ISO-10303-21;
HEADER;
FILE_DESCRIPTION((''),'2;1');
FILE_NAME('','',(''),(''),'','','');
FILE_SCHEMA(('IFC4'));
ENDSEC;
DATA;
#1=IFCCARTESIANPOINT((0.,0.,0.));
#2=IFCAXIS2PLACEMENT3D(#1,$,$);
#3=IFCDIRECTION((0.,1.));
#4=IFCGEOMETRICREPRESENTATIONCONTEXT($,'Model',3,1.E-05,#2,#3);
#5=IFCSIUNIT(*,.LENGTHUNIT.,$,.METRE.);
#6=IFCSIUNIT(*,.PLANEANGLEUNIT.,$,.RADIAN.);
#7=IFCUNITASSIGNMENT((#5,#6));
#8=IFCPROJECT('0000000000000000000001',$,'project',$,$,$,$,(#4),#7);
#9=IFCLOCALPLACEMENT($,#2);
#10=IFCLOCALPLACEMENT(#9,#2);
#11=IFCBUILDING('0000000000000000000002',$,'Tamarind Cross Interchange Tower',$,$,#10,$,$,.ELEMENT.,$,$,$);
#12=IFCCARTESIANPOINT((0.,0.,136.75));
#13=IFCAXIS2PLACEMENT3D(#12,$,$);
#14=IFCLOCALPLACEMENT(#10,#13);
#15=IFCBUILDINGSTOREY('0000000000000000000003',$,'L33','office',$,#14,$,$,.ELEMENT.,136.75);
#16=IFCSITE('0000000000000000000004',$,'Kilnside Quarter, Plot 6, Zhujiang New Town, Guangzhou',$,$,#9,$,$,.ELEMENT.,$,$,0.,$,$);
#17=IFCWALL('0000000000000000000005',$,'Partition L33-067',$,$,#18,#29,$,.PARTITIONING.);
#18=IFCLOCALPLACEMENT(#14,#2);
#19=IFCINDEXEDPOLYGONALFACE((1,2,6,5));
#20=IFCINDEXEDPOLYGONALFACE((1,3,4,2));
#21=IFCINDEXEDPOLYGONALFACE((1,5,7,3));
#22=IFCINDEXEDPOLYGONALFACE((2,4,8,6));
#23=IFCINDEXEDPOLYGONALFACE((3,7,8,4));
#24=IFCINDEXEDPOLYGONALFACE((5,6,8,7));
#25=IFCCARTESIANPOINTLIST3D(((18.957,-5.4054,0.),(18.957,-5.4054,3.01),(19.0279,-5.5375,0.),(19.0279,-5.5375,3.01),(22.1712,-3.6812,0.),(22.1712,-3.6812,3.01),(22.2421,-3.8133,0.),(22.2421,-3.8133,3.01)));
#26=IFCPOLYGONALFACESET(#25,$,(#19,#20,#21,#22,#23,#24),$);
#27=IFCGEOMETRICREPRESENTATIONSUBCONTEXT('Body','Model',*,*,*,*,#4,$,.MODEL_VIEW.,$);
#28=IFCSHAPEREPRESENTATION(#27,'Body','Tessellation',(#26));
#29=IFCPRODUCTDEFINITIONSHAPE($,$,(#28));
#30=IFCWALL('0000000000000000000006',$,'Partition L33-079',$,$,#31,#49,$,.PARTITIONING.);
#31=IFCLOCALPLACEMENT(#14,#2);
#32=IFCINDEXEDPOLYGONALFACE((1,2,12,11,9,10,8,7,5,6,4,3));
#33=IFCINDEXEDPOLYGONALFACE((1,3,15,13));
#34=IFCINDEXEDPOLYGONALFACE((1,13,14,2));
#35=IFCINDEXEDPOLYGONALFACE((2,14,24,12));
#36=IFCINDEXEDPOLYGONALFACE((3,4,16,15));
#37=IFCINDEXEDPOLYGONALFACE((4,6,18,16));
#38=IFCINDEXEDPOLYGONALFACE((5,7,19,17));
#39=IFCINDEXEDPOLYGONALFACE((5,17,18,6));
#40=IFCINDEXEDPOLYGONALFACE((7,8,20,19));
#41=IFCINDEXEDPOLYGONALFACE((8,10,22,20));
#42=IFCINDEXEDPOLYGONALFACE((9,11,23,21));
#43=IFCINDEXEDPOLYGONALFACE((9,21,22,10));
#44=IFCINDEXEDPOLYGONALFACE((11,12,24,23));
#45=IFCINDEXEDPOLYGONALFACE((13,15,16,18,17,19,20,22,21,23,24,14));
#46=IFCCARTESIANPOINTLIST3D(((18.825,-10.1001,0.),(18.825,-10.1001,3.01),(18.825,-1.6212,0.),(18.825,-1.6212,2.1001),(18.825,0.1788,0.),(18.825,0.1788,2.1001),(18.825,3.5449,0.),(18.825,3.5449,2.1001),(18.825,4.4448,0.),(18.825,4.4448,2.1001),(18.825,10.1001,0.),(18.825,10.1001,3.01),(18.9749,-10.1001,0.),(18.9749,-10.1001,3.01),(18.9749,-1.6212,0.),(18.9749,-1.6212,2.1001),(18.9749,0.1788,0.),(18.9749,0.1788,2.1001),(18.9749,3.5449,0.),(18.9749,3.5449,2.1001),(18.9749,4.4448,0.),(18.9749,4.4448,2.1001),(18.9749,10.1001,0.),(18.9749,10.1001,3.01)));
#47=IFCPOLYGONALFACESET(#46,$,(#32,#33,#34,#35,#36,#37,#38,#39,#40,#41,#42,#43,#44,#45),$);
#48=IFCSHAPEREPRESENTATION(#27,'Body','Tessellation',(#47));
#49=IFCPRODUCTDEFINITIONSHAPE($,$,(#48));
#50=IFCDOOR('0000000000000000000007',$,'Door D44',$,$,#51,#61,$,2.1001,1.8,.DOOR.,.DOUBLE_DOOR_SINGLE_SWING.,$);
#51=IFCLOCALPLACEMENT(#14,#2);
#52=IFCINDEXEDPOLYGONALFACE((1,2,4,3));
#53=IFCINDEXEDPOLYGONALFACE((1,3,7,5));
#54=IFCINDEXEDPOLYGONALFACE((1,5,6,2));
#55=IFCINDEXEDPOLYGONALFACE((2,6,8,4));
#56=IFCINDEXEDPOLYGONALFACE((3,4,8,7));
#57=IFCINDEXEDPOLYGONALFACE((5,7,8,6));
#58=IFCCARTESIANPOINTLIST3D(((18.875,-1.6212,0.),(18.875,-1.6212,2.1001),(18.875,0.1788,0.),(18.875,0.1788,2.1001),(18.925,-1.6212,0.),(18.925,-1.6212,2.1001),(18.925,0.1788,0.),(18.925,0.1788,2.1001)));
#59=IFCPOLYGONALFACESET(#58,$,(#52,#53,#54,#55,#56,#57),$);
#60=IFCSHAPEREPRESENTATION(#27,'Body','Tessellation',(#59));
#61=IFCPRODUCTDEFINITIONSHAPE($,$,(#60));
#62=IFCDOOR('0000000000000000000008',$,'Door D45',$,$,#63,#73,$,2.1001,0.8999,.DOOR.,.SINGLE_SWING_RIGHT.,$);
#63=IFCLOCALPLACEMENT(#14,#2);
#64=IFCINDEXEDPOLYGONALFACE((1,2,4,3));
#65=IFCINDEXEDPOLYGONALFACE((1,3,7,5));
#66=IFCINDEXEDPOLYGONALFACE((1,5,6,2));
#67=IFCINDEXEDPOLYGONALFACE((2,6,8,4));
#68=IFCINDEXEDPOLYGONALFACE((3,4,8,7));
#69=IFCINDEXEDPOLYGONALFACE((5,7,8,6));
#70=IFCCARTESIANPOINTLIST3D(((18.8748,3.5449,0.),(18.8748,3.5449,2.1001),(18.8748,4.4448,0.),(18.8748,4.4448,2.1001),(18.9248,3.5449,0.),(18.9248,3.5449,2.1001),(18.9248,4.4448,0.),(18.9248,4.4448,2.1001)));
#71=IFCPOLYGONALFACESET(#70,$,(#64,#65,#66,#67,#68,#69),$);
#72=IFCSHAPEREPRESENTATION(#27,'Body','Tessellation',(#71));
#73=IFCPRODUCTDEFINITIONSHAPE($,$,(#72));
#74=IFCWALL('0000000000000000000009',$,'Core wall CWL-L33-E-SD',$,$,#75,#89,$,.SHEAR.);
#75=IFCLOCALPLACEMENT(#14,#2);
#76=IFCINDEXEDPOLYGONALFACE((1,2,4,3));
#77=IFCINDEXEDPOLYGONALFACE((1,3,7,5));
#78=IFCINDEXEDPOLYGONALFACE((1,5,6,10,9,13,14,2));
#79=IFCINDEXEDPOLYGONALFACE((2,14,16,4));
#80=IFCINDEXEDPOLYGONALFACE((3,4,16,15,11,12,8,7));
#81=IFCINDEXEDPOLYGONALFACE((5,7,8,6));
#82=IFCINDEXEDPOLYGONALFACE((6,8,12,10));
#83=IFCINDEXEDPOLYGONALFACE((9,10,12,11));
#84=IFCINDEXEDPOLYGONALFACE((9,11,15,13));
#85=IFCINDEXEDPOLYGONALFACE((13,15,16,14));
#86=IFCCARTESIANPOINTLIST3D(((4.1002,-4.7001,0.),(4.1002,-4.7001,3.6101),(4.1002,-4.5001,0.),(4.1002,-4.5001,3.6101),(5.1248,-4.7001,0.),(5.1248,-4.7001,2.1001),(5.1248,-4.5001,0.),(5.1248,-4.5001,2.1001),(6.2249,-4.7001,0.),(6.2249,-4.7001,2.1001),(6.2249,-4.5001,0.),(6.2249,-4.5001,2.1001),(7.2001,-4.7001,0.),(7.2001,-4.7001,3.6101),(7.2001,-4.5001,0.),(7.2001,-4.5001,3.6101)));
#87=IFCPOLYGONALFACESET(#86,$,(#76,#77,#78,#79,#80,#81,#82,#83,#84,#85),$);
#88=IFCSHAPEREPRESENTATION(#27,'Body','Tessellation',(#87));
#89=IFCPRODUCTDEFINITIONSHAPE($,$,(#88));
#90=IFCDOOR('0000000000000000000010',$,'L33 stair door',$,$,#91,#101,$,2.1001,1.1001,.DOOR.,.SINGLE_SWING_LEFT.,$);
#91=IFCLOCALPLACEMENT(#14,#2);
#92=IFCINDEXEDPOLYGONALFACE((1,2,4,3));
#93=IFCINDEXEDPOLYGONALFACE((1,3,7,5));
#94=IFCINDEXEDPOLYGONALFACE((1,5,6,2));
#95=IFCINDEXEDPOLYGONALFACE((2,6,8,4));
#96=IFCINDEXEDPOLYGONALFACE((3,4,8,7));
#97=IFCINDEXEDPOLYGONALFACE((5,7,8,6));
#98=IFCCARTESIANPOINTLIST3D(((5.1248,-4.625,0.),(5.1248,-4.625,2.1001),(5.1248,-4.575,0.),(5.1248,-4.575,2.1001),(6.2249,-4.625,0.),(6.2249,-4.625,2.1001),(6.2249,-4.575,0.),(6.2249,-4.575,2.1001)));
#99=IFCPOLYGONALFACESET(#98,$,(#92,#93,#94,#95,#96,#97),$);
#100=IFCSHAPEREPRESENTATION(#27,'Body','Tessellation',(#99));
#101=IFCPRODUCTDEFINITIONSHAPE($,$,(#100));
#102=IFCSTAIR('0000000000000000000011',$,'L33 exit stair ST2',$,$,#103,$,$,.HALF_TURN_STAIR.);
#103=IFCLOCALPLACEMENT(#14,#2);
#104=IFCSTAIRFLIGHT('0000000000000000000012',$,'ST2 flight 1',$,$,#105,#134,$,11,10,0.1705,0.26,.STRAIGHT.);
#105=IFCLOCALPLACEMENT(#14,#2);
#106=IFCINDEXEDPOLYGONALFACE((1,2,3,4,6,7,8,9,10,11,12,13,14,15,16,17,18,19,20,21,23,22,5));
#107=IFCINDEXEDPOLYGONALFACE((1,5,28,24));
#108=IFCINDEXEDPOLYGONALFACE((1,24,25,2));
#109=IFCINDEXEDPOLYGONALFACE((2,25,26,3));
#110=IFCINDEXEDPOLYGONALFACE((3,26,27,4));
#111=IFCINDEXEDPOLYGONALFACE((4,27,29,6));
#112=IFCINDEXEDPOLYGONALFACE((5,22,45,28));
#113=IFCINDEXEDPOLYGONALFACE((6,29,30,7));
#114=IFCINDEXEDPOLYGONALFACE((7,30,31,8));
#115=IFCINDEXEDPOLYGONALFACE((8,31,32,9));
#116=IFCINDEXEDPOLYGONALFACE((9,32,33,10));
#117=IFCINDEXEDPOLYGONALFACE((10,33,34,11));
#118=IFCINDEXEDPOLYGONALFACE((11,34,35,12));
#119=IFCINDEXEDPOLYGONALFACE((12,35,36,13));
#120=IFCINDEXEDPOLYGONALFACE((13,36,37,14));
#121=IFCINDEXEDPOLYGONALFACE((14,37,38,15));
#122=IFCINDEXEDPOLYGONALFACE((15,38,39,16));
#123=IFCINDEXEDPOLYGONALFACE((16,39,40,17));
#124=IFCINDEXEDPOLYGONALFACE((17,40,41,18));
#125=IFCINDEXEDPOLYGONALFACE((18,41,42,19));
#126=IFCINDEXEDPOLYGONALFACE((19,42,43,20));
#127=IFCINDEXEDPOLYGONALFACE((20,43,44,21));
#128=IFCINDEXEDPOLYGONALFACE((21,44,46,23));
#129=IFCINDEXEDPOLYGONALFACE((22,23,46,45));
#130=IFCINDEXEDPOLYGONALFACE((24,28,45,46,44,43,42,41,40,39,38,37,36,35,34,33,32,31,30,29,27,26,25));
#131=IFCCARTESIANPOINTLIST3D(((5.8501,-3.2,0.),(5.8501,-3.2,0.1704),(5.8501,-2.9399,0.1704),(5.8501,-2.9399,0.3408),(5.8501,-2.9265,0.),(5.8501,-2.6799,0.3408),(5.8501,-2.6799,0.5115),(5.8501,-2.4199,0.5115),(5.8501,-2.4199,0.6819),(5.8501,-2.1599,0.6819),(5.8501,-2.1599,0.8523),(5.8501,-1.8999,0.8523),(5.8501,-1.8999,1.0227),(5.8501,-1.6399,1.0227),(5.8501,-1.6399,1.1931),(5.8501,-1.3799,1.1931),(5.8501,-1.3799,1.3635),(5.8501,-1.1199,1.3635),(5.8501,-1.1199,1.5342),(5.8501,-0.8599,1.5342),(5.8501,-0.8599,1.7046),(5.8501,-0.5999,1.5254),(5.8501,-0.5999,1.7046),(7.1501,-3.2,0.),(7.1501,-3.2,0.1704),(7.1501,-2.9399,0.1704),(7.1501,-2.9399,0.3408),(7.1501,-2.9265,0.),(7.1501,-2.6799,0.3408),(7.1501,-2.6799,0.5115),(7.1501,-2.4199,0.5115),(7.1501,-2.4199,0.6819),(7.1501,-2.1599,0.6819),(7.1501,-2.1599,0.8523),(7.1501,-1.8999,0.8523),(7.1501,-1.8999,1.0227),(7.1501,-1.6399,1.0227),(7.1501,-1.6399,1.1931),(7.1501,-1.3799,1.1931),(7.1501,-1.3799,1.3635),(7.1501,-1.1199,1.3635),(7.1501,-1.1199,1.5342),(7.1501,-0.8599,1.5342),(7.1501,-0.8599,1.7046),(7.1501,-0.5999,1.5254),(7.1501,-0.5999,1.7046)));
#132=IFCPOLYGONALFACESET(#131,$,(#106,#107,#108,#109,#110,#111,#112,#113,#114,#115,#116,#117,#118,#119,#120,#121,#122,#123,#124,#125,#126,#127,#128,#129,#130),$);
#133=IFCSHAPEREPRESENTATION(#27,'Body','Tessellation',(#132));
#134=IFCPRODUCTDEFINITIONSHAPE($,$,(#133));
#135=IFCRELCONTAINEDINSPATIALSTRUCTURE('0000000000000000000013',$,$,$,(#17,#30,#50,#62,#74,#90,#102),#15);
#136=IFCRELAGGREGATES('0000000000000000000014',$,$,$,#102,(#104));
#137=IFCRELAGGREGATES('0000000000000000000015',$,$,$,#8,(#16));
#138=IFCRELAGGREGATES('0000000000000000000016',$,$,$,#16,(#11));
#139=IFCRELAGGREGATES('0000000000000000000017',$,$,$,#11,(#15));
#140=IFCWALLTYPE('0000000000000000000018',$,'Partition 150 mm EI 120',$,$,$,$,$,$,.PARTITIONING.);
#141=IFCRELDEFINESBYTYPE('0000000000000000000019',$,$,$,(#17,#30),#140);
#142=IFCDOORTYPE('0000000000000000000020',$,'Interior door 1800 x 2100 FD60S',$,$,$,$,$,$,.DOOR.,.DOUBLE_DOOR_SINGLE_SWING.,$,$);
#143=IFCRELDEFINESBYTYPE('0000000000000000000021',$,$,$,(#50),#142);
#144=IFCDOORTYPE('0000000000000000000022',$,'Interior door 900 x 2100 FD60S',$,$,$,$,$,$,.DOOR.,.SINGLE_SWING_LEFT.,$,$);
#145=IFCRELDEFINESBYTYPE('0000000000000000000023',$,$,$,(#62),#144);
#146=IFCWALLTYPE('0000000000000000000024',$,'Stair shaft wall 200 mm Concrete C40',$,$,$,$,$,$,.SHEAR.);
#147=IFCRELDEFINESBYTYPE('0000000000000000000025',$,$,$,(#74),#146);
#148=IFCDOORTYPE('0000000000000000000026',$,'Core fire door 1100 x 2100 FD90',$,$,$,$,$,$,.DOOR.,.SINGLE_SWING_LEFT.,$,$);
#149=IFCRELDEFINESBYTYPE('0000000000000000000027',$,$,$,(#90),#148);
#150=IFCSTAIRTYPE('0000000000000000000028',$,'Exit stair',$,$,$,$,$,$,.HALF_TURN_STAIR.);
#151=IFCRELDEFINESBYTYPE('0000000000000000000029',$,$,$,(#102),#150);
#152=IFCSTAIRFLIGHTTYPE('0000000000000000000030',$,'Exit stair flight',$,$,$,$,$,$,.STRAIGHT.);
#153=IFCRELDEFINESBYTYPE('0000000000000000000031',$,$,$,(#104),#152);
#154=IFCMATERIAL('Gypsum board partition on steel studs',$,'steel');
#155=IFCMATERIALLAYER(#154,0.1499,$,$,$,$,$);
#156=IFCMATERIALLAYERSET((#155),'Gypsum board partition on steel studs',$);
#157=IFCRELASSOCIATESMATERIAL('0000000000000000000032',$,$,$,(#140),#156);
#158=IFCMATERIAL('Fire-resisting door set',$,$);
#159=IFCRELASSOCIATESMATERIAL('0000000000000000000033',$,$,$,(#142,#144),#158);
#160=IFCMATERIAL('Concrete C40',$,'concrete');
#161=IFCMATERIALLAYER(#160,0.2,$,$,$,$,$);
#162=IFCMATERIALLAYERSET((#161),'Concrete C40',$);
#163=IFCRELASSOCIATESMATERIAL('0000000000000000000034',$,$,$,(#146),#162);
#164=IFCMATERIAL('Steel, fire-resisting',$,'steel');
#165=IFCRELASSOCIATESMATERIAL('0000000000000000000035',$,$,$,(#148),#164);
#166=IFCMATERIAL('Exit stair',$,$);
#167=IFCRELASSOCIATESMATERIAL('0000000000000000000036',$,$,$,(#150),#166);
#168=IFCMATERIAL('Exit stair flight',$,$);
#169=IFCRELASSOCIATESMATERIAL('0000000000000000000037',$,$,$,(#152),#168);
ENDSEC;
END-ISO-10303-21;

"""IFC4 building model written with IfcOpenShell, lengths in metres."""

from ifc_helpers import new_model, si_unit, direction, frame, frame_2d, origin, place, context, subcontext, project, spatial, polyline, rectangle, outline, extrude, material, layer, layer_set, type_object, element, fill, aggregate, save


model = new_model("IFC4")

# Units and contexts
model_context = context("Model", 3, precision=1e-05, world=origin(), true_north=direction((0.0, 1.0)))
body_context = subcontext(model_context, "Body", "Model", "MODEL_VIEW")
ifc_project = project(units=[si_unit("LENGTHUNIT", "METRE"), si_unit("PLANEANGLEUNIT", "RADIAN")], contexts=[model_context])

# Site, building, storey
site_placement = place(None, origin())
site = spatial("IfcSite", under=ifc_project, at=site_placement, Name="Kilnside Quarter, Plot 6, Zhujiang New Town, Guangzhou", CompositionType="ELEMENT", RefElevation=0.0)
building_placement = place(site_placement, origin())
building = spatial("IfcBuilding", under=site, at=building_placement, Name="Tamarind Cross Interchange Tower", CompositionType="ELEMENT")
storey_placement = place(building_placement, frame((0.0, 0.0, 136.75)))
storey = spatial("IfcBuildingStorey", under=building, at=storey_placement, Name="L33", Description="office", CompositionType="ELEMENT", Elevation=136.75)

# Shared definitions
ifc_material_1 = material(Name="Steel, fire-resisting", Category="steel")

# Wall
ifc_material_2 = material(Name="Gypsum board partition on steel studs", Category="steel")
ifc_layer_1 = layer(ifc_material_2, 0.1499)
ifc_layer_set_1 = layer_set([ifc_layer_1], Name="Gypsum board partition on steel studs")
wall_type_1 = type_object("IfcWallType", Name="Partition 150 mm EI 120", PredefinedType="PARTITIONING", material=ifc_layer_set_1)
wall_1_placement = place(storey_placement, frame((18.9924, -5.4714, 0.0), z_axis=(0.0, 0.0, 1.0), x_axis=(0.88122, 0.472706, 0.0)))
element("IfcWall", 1, at=wall_1_placement, inside=storey, type_object=wall_type_1, Name="Partition L33-067", PredefinedType="PARTITIONING", context=body_context, shape_type="SweptSolid", body=[
    extrude(rectangle(XDim=3.6475, YDim=0.1499, at=frame_2d((1.8237, 0.0))), origin(), (0.0, 0.0, 1.0), 3.01),
])

# Wall, openings, doors
wall_2_placement = place(storey_placement, frame((18.8999, -10.1001, 0.0), z_axis=(0.0, 0.0, 1.0), x_axis=(0.0, 1.0, 0.0)))
wall_2 = element("IfcWall", 2, at=wall_2_placement, inside=storey, type_object=wall_type_1, Name="Partition L33-079", PredefinedType="PARTITIONING", context=body_context, shape_type="SweptSolid", body=[
    extrude(rectangle(XDim=20.2002, YDim=0.1499, at=frame_2d((10.1001, 0.0))), origin(), (0.0, 0.0, 1.0), 3.01),
])
opening_1_placement = place(wall_2_placement, frame((8.479, 0.0, 0.0)))
opening_1 = element("IfcOpeningElement", 3, at=opening_1_placement, cuts=wall_2, PredefinedType="OPENING", context=body_context, shape_type="SweptSolid", body=[
    extrude(rectangle(XDim=1.8, YDim=2.1001, at=frame_2d((0.8999, 1.05))), frame((0.0, 0.085, 0.0), z_axis=(0.0, -1.0, 0.0), x_axis=(1.0, 0.0, 0.0)), (0.0, 0.0, 1.0), 0.1699),
])
opening_2_placement = place(wall_2_placement, frame((13.645, 0.0, 0.0)))
opening_2 = element("IfcOpeningElement", 4, at=opening_2_placement, cuts=wall_2, PredefinedType="OPENING", context=body_context, shape_type="SweptSolid", body=[
    extrude(rectangle(XDim=0.8999, YDim=2.1001, at=frame_2d((0.45, 1.05))), frame((0.0, 0.085, 0.0), z_axis=(0.0, -1.0, 0.0), x_axis=(1.0, 0.0, 0.0)), (0.0, 0.0, 1.0), 0.1699),
])
ifc_material_3 = material(Name="Fire-resisting door set")
door_type_1 = type_object("IfcDoorType", Name="Interior door 1800 x 2100 FD60S", OperationType="DOUBLE_DOOR_SINGLE_SWING", PredefinedType="DOOR", material=ifc_material_3)
door_1_placement = place(opening_1_placement, origin())
door_1 = element("IfcDoor", 5, at=door_1_placement, inside=storey, type_object=door_type_1, Name="Door D44", OperationType="DOUBLE_DOOR_SINGLE_SWING", OverallHeight=2.1001, OverallWidth=1.8, PredefinedType="DOOR", context=body_context, shape_type="SweptSolid", body=[
    extrude(rectangle(XDim=1.8, YDim=2.1001, at=frame_2d((0.8999, 1.05))), frame((0.0, 0.0249, 0.0), z_axis=(0.0, -1.0, 0.0), x_axis=(1.0, 0.0, 0.0)), (0.0, 0.0, 1.0), 0.05),
])
fill(opening_1, door_1)
door_type_2 = type_object("IfcDoorType", Name="Interior door 900 x 2100 FD60S", OperationType="SINGLE_SWING_LEFT", PredefinedType="DOOR", material=ifc_material_3)
door_2_placement = place(opening_2_placement, frame((0.8999, 0.0, 0.0), z_axis=(0.0, 0.0, 1.0), x_axis=(-1.0, 0.0, 0.0)))
door_2 = element("IfcDoor", 6, at=door_2_placement, inside=storey, type_object=door_type_2, Name="Door D45", OperationType="SINGLE_SWING_RIGHT", OverallHeight=2.1001, OverallWidth=0.8999, PredefinedType="DOOR", context=body_context, shape_type="SweptSolid", body=[
    extrude(rectangle(XDim=0.8999, YDim=2.1001, at=frame_2d((0.45, 1.05))), frame((0.0, 0.0249, 0.0), z_axis=(0.0, -1.0, 0.0), x_axis=(1.0, 0.0, 0.0)), (0.0, 0.0, 1.0), 0.05),
])
fill(opening_2, door_2)

# Wall, opening, door
ifc_material_4 = material(Name="Concrete C40", Category="concrete")
ifc_layer_2 = layer(ifc_material_4, 0.2)
ifc_layer_set_2 = layer_set([ifc_layer_2], Name="Concrete C40")
wall_type_2 = type_object("IfcWallType", Name="Stair shaft wall 200 mm Concrete C40", PredefinedType="SHEAR", material=ifc_layer_set_2)
wall_3_placement = place(storey_placement, frame((7.2, -4.6001, 0.0), z_axis=(0.0, 0.0, 1.0), x_axis=(-1.0, 0.0, 0.0)))
wall_3 = element("IfcWall", 7, at=wall_3_placement, inside=storey, type_object=wall_type_2, Name="Core wall CWL-L33-E-SD", PredefinedType="SHEAR", context=body_context, shape_type="SweptSolid", body=[
    extrude(rectangle(XDim=3.0999, YDim=0.2, at=frame_2d((1.5498, 0.0))), origin(), (0.0, 0.0, 1.0), 3.6101),
])
opening_3_placement = place(wall_3_placement, frame((0.9751, 0.0, 0.0)))
opening_3 = element("IfcOpeningElement", 8, at=opening_3_placement, cuts=wall_3, PredefinedType="OPENING", context=body_context, shape_type="SweptSolid", body=[
    extrude(rectangle(XDim=1.1001, YDim=2.1001, at=frame_2d((0.55, 1.05))), frame((0.0, 0.1099, 0.0), z_axis=(0.0, -1.0, 0.0), x_axis=(1.0, 0.0, 0.0)), (0.0, 0.0, 1.0), 0.22),
])
door_type_3 = type_object("IfcDoorType", Name="Core fire door 1100 x 2100 FD90", OperationType="SINGLE_SWING_LEFT", PredefinedType="DOOR", material=ifc_material_1)
door_3_placement = place(opening_3_placement, origin())
door_3 = element("IfcDoor", 9, at=door_3_placement, inside=storey, type_object=door_type_3, Name="L33 stair door", OperationType="SINGLE_SWING_LEFT", OverallHeight=2.1001, OverallWidth=1.1001, PredefinedType="DOOR", context=body_context, shape_type="SweptSolid", body=[
    extrude(rectangle(XDim=1.1001, YDim=2.1001, at=frame_2d((0.55, 1.05))), frame((0.0, 0.0249, 0.0), z_axis=(0.0, -1.0, 0.0), x_axis=(1.0, 0.0, 0.0)), (0.0, 0.0, 1.0), 0.05),
])
fill(opening_3, door_3)

# Stair, stair flight
ifc_material_5 = material(Name="Exit stair")
stair_type = type_object("IfcStairType", Name="Exit stair", PredefinedType="HALF_TURN_STAIR", material=ifc_material_5)
stair_placement = place(storey_placement, origin())
stair = element("IfcStair", 10, at=stair_placement, inside=storey, type_object=stair_type, Name="L33 exit stair ST2", PredefinedType="HALF_TURN_STAIR")
ifc_material_6 = material(Name="Exit stair flight")
stair_flight_type = type_object("IfcStairFlightType", Name="Exit stair flight", PredefinedType="STRAIGHT", material=ifc_material_6)
stair_flight_placement = place(storey_placement, frame((6.5, -3.2, 0.0), z_axis=(0.0, 0.0, 1.0), x_axis=(0.0, 1.0, 0.0)))
stair_flight = element("IfcStairFlight", 11, at=stair_flight_placement, type_object=stair_flight_type, Name="ST2 flight 1", NumberOfRisers=11, NumberOfTreads=10, PredefinedType="STRAIGHT", RiserHeight=0.1705, TreadLength=0.26, context=body_context, shape_type="SweptSolid", body=[
    extrude(outline(polyline([(0.0, 0.0), (0.0, 0.1704), (0.26, 0.1704), (0.26, 0.3408), (0.52, 0.3408), (0.52, 0.5115), (0.78, 0.5115), (0.78, 0.6819), (1.04, 0.6819), (1.04, 0.8523), (1.3, 0.8523), (1.3, 1.0227), (1.5601, 1.0227), (1.5601, 1.1931), (1.8201, 1.1931), (1.8201, 1.3635), (2.0801, 1.3635), (2.0801, 1.5342), (2.3401, 1.5342), (2.3401, 1.7046), (2.6001, 1.7046), (2.6001, 1.875), (2.6001, 1.5254), (0.2734, 0.0), (0.0, 0.0)])), frame((0.0, 0.6499, 0.0), z_axis=(0.0, -1.0, 0.0), x_axis=(1.0, 0.0, 0.0)), (0.0, 0.0, 1.0), 1.3),
])
aggregate(stair, [stair_flight])

save(model, "model.ifc")
